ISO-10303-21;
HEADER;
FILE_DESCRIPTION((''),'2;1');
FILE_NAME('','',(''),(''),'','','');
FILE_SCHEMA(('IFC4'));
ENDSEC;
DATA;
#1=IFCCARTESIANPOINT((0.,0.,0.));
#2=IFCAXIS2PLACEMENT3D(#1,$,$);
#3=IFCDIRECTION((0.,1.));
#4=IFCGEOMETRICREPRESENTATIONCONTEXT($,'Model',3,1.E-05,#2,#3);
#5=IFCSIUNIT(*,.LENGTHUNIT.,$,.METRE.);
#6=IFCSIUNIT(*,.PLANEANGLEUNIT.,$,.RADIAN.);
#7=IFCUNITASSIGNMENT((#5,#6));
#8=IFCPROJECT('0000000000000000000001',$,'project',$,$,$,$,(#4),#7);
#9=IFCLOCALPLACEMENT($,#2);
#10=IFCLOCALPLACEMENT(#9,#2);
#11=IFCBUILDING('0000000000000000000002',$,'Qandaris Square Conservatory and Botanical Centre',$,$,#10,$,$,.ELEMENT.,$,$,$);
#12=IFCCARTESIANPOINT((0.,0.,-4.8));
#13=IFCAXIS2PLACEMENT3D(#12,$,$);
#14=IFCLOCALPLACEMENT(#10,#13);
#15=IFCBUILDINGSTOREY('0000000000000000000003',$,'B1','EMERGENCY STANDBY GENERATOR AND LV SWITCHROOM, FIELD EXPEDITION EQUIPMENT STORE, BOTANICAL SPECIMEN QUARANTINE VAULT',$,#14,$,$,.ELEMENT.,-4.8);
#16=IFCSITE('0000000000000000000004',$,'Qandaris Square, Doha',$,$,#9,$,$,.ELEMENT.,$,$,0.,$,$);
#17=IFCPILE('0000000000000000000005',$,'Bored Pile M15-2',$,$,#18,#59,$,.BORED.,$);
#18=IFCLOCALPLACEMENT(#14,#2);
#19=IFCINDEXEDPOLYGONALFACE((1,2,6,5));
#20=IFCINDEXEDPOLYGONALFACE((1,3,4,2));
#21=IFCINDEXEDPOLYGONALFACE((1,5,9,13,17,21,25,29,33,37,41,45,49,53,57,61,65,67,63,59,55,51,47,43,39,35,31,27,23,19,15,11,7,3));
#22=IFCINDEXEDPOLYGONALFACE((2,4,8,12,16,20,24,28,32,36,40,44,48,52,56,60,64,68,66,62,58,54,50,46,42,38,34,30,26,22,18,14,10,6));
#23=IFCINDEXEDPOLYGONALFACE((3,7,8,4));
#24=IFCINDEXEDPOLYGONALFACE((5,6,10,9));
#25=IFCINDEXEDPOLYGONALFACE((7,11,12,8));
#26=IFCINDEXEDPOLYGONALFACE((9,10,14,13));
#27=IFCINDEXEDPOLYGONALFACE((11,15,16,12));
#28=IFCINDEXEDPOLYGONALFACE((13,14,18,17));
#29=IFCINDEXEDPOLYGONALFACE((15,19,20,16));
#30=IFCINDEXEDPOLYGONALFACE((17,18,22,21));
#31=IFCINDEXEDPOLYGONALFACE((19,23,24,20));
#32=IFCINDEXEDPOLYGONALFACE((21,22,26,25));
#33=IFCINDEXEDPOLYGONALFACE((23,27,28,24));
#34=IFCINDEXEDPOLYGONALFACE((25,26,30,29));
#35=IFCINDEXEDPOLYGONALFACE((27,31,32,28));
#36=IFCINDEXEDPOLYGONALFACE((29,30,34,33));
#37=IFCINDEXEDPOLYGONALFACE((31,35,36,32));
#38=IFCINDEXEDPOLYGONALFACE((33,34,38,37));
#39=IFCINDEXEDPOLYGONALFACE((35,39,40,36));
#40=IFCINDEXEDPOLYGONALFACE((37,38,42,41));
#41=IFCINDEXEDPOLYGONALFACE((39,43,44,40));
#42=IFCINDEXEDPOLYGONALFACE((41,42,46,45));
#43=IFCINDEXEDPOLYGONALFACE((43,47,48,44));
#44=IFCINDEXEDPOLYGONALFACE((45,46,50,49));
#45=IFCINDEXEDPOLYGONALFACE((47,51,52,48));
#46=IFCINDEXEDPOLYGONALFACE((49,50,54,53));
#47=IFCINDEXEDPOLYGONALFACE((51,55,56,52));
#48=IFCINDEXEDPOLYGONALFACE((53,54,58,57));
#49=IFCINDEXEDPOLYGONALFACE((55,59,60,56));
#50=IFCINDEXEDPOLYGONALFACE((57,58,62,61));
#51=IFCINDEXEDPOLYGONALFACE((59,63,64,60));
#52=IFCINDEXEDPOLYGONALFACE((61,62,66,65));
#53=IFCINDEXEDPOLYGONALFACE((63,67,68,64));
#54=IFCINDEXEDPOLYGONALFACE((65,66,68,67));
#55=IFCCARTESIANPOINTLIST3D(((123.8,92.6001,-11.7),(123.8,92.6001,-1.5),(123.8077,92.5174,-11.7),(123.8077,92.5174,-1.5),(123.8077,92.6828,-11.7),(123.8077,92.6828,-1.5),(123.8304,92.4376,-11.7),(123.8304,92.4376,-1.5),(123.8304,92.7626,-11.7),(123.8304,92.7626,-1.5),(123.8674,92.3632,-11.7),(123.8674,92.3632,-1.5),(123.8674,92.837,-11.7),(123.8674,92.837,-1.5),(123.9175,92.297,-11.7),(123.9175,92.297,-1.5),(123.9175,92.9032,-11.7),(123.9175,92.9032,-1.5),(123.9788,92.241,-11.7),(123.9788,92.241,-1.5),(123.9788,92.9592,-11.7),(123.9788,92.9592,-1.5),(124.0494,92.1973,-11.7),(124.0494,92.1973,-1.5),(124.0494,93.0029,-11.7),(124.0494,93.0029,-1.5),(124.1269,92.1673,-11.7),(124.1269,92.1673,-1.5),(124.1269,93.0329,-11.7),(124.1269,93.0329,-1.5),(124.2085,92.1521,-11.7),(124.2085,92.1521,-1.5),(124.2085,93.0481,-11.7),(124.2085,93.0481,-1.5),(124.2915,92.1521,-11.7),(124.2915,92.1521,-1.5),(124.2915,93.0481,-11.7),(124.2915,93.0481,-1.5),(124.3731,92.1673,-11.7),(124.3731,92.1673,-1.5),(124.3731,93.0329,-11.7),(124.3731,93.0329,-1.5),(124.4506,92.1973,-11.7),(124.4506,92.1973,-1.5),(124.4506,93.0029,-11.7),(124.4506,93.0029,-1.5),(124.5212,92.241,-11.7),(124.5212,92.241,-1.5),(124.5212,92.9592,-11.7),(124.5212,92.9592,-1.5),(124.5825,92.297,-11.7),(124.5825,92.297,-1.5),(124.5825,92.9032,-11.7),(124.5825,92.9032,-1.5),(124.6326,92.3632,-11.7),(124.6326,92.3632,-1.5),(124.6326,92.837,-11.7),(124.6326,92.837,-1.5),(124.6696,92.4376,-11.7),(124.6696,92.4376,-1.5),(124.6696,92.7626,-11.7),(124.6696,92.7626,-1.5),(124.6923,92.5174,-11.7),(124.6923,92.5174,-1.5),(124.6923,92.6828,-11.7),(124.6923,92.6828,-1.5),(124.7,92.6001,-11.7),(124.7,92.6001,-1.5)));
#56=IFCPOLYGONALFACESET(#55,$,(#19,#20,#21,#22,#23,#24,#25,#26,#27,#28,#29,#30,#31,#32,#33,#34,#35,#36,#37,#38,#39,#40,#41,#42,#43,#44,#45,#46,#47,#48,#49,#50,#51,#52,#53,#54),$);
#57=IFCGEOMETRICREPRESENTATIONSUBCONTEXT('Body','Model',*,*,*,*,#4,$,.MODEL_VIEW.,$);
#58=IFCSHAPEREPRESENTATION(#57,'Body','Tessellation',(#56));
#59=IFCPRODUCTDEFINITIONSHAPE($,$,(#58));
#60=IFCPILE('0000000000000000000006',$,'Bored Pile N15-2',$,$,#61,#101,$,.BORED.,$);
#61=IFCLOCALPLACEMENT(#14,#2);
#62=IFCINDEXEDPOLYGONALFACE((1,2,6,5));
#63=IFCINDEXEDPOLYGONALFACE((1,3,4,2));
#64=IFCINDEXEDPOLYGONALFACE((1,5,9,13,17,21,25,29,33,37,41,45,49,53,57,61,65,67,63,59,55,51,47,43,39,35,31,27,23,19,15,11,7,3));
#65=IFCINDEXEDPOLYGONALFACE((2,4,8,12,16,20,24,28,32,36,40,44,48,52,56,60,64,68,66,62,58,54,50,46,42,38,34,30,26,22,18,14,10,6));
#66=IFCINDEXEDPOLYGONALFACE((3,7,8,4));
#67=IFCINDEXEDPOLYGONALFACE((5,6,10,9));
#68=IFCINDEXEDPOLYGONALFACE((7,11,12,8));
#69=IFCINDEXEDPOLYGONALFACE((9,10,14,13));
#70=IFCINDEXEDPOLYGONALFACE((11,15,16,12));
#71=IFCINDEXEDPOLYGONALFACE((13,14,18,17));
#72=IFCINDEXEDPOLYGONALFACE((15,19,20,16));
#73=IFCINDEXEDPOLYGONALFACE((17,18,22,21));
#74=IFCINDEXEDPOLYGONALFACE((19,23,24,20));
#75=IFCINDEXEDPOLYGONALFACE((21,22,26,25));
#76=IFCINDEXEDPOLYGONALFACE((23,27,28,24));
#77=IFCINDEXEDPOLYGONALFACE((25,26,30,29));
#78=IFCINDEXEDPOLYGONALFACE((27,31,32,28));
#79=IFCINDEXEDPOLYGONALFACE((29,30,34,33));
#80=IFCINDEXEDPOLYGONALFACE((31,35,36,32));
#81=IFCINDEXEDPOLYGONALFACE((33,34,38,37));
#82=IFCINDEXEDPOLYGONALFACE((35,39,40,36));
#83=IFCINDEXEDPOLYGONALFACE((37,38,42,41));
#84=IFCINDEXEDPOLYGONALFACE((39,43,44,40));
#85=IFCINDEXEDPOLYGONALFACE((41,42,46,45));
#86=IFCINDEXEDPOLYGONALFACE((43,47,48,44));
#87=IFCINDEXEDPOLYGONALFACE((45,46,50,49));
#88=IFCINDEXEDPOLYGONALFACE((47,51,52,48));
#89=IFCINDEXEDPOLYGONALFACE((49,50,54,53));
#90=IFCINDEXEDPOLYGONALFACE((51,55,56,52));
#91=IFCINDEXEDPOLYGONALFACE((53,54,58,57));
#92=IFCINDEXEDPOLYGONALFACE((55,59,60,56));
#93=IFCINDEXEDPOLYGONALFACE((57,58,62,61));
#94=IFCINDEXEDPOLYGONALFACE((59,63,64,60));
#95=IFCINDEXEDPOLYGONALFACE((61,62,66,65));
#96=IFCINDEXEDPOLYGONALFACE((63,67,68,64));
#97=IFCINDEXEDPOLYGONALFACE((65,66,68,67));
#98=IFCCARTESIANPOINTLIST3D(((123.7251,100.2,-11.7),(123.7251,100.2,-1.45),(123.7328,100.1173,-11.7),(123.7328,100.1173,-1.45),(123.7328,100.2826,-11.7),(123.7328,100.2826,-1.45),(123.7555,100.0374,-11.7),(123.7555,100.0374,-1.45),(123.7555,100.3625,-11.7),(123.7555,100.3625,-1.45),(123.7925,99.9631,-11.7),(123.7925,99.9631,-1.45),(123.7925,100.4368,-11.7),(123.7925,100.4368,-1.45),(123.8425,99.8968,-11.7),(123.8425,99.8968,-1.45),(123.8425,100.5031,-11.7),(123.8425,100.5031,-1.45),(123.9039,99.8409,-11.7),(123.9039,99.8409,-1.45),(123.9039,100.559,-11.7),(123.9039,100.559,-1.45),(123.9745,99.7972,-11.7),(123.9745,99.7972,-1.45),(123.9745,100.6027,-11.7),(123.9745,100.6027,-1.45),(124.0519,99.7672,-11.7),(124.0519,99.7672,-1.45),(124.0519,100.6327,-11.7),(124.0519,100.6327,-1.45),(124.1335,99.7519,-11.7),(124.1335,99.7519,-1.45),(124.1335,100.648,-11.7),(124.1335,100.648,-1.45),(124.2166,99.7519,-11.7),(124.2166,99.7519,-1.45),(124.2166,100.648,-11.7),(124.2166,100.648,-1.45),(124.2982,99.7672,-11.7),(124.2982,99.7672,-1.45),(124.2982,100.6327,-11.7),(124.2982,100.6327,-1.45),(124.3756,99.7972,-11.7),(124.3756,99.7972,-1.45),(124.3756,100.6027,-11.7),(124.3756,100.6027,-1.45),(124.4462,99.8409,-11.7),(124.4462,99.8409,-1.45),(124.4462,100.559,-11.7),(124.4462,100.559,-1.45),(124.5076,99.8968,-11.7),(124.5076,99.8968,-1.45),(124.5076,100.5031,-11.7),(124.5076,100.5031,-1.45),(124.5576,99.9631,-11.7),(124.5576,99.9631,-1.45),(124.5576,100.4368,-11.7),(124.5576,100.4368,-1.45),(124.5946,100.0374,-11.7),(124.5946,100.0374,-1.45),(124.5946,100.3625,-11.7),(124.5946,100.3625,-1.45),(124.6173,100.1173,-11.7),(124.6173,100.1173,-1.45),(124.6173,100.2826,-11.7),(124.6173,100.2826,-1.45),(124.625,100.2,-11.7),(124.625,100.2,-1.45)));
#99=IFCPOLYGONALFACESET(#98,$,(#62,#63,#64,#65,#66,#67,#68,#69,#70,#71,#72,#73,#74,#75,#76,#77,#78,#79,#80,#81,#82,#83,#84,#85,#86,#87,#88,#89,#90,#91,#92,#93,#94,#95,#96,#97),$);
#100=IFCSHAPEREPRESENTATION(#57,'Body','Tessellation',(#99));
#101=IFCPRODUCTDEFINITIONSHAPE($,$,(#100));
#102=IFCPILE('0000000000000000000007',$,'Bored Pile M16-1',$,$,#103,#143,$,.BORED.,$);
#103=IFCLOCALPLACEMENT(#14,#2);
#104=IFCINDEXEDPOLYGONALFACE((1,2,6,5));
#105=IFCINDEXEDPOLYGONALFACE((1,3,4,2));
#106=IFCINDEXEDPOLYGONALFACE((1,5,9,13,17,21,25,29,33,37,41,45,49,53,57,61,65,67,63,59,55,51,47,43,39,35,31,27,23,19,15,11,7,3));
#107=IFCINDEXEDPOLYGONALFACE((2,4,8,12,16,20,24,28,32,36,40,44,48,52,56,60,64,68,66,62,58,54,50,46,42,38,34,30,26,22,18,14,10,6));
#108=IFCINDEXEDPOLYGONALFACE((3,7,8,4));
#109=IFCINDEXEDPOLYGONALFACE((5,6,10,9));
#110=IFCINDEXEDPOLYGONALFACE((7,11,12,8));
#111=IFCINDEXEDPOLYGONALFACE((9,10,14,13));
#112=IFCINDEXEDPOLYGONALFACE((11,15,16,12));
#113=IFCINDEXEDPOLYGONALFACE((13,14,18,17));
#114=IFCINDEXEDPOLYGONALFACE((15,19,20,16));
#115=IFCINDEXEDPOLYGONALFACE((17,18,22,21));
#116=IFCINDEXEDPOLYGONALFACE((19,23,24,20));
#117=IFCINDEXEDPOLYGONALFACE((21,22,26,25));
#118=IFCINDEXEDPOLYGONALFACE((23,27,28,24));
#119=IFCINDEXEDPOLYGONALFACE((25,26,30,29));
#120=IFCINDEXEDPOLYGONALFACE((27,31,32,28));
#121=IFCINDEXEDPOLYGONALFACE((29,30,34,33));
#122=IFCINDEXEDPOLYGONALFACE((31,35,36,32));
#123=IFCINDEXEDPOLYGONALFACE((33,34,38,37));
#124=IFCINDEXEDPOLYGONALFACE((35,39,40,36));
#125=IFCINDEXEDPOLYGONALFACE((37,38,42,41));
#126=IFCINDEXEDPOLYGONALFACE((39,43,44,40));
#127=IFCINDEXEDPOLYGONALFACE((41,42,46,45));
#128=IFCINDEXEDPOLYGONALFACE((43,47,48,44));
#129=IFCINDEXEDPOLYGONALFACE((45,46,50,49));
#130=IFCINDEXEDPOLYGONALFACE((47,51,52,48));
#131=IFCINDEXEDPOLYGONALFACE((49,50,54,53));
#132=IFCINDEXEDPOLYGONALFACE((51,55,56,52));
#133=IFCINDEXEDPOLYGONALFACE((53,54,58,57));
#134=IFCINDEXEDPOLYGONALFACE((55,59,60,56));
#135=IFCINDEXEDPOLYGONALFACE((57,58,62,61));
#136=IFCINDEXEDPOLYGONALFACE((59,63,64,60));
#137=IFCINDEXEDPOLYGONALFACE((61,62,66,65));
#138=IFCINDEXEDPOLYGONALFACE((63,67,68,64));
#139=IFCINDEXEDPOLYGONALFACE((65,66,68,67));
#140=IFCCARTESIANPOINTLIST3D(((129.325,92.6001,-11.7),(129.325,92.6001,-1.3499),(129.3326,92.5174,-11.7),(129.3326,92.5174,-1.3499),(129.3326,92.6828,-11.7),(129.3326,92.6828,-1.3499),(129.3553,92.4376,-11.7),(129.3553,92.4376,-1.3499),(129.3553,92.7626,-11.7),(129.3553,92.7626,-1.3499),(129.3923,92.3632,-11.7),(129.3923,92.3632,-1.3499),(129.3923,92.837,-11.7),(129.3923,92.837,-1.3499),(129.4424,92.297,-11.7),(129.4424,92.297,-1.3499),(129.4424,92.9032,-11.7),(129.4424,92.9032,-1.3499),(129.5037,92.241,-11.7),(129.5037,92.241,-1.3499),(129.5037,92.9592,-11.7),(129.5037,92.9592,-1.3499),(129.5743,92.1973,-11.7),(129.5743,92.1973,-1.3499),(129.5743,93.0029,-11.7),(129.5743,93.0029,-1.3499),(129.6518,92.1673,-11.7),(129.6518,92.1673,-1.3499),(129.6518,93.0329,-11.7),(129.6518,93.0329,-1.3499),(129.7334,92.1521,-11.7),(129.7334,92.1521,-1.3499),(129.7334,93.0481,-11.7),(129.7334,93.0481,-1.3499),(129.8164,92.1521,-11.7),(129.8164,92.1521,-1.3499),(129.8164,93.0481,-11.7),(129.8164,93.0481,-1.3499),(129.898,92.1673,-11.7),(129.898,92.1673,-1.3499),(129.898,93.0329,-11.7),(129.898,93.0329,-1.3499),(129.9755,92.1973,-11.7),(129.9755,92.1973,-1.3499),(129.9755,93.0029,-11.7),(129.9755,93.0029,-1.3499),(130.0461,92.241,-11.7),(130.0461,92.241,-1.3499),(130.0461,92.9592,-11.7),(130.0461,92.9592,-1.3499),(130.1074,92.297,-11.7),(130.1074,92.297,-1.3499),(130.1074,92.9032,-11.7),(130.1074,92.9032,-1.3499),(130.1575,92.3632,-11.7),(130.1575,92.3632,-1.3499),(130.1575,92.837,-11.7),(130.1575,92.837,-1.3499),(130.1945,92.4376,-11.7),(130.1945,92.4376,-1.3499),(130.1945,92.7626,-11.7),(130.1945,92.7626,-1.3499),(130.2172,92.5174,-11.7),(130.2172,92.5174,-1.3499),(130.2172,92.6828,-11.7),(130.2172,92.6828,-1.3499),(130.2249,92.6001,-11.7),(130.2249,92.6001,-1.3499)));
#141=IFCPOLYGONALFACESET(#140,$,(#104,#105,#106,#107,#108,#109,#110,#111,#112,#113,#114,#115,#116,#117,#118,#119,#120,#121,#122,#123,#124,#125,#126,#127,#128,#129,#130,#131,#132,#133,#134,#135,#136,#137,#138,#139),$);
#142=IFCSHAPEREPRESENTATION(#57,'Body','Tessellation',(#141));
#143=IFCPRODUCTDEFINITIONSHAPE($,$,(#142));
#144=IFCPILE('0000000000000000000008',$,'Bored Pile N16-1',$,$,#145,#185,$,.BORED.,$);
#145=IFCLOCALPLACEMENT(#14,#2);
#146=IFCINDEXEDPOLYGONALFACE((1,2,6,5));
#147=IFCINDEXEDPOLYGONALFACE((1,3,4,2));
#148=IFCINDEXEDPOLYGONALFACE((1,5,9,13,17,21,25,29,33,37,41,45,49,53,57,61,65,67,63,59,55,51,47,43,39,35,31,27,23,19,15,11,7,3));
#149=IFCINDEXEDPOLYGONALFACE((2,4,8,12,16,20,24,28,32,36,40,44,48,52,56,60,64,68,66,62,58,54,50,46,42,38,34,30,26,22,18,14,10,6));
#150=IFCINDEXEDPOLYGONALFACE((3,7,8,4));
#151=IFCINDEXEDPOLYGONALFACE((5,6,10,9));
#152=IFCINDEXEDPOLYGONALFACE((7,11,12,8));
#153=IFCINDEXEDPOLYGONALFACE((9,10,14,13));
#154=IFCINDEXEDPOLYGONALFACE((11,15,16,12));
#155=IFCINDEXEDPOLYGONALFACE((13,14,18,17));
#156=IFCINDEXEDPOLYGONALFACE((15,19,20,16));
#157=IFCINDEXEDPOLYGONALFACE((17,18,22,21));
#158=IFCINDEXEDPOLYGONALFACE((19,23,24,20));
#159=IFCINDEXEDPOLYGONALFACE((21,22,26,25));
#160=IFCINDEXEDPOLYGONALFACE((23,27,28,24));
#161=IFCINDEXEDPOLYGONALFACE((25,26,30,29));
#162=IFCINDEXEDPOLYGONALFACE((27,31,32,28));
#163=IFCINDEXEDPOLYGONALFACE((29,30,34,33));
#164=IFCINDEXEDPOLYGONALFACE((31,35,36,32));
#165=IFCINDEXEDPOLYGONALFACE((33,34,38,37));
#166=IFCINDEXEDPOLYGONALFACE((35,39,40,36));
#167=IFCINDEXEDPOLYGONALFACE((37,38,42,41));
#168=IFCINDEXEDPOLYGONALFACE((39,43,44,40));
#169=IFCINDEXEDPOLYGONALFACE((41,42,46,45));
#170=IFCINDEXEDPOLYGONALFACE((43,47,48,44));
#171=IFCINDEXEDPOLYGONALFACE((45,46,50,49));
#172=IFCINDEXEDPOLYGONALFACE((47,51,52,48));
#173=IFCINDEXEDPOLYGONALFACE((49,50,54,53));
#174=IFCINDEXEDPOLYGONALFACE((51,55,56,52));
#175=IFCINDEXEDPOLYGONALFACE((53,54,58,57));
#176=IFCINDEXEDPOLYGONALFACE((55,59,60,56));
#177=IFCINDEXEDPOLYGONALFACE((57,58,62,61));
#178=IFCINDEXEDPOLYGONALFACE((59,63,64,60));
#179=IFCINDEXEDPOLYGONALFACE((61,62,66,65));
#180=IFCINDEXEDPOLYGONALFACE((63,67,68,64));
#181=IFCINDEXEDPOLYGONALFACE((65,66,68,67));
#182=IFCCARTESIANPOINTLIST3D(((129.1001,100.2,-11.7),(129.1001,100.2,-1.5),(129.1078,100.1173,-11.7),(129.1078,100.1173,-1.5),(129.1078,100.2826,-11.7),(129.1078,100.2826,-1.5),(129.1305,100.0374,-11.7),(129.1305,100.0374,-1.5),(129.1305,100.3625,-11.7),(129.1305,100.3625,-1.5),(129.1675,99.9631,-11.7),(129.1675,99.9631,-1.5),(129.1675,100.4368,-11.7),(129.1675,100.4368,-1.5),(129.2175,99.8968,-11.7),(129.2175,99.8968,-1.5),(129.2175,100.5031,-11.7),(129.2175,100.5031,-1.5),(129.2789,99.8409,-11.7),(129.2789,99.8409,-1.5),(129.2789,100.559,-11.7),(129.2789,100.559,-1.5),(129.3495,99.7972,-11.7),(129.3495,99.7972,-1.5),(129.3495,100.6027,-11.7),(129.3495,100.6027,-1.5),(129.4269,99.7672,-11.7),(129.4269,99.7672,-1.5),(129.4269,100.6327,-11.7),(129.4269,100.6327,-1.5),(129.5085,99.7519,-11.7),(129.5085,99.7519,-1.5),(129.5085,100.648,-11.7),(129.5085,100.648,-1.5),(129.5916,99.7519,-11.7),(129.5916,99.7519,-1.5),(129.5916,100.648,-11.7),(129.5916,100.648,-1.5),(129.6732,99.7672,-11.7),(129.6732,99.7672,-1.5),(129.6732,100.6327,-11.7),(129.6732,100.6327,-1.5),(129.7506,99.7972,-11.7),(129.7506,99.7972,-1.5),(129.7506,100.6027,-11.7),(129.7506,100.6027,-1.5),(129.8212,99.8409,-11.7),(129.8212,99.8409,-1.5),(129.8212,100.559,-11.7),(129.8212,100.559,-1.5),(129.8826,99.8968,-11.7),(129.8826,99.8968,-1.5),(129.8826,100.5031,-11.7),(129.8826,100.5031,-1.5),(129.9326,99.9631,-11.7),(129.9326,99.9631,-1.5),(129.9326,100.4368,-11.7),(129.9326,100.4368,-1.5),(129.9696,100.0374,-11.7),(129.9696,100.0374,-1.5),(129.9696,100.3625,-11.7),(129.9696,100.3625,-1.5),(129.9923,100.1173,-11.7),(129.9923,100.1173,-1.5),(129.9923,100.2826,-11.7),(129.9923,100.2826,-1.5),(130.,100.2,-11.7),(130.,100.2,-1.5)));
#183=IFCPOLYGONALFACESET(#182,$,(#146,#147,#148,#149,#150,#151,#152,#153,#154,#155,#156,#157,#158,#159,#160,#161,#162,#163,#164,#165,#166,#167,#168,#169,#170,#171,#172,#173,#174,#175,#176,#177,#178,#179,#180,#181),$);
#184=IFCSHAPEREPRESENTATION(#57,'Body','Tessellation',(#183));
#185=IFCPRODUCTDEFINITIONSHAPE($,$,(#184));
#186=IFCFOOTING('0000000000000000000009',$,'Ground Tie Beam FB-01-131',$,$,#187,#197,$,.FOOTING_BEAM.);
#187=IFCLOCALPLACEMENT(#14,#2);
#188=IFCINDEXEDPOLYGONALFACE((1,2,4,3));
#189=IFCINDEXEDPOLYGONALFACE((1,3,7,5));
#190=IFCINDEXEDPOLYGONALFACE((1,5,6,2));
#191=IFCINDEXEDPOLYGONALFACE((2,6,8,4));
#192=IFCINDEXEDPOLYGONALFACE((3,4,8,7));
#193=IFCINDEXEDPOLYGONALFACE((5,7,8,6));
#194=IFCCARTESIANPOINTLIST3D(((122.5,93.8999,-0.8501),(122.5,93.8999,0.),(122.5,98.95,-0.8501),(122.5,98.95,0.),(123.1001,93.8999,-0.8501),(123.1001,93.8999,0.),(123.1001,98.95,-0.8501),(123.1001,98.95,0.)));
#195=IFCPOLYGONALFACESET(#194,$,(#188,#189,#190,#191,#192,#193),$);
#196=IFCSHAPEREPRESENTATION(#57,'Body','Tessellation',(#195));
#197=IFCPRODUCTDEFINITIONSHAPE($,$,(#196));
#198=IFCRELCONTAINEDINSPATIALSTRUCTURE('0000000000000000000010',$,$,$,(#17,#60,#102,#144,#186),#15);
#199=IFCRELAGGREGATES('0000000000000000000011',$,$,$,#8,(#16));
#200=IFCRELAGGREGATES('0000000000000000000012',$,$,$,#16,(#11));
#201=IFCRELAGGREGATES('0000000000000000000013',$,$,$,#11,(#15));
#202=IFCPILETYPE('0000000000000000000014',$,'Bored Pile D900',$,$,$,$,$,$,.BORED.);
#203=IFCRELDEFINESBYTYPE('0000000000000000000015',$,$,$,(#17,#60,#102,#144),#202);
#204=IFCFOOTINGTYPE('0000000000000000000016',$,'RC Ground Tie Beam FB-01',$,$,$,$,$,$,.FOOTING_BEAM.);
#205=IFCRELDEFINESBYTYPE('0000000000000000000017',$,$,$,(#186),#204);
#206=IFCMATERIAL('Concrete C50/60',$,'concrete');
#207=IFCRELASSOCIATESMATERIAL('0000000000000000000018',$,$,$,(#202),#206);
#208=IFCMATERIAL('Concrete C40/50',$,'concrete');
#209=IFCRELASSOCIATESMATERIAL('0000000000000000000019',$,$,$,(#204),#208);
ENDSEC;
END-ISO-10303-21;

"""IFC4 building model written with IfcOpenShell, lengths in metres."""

from ifc_helpers import new_model, si_unit, direction, frame, origin, origin_2d, place, context, subcontext, project, spatial, rectangle, circle, extrude, material, material_profile, profile_set, type_object, element, save


model = new_model("IFC4")

# Units and contexts
model_context = context("Model", 3, precision=1e-05, world=origin(), true_north=direction((0.0, 1.0)))
body_context = subcontext(model_context, "Body", "Model", "MODEL_VIEW")
ifc_project = project(units=[si_unit("LENGTHUNIT", "METRE"), si_unit("PLANEANGLEUNIT", "RADIAN")], contexts=[model_context])

# Site, building, storey
site_placement = place(None, origin())
site = spatial("IfcSite", under=ifc_project, at=site_placement, Name="Qandaris Square, Doha", CompositionType="ELEMENT", RefElevation=0.0)
building_placement = place(site_placement, origin())
building = spatial("IfcBuilding", under=site, at=building_placement, Name="Qandaris Square Conservatory and Botanical Centre", CompositionType="ELEMENT")
storey_placement = place(building_placement, frame((0.0, 0.0, -4.8)))
storey = spatial("IfcBuildingStorey", under=building, at=storey_placement, Name="B1", Description="EMERGENCY STANDBY GENERATOR AND LV SWITCHROOM, FIELD EXPEDITION EQUIPMENT STORE, BOTANICAL SPECIMEN QUARANTINE VAULT", CompositionType="ELEMENT", Elevation=-4.8)

# Piles
ifc_material_1 = material(Name="Concrete C50/60", Category="concrete")
ifc_material_profile_1 = material_profile(ifc_material_1, circle(Radius=0.45, at=origin_2d()), Name="PILE D900")
ifc_profile_set_1 = profile_set([ifc_material_profile_1], Name="Concrete C50/60")
pile_type = type_object("IfcPileType", Name="Bored Pile D900", PredefinedType="BORED", material=ifc_profile_set_1)
pile_1_placement = place(storey_placement, frame((124.25, 92.6001, -1.5), z_axis=(0.0, 0.0, -1.0), x_axis=(1.0, 0.0, 0.0)))
element("IfcPile", 1, at=pile_1_placement, inside=storey, type_object=pile_type, Name="Bored Pile M15-2", PredefinedType="BORED", context=body_context, shape_type="SweptSolid", body=[
    extrude(circle(Radius=0.45, at=origin_2d()), origin(), (0.0, 0.0, 1.0), 10.2),
])
pile_2_placement = place(storey_placement, frame((124.175, 100.2, -1.45), z_axis=(0.0, 0.0, -1.0), x_axis=(1.0, 0.0, 0.0)))
element("IfcPile", 2, at=pile_2_placement, inside=storey, type_object=pile_type, Name="Bored Pile N15-2", PredefinedType="BORED", context=body_context, shape_type="SweptSolid", body=[
    extrude(circle(Radius=0.45, at=origin_2d()), origin(), (0.0, 0.0, 1.0), 10.25),
])
pile_3_placement = place(storey_placement, frame((129.7749, 92.6001, -1.3499), z_axis=(0.0, 0.0, -1.0), x_axis=(1.0, 0.0, 0.0)))
element("IfcPile", 3, at=pile_3_placement, inside=storey, type_object=pile_type, Name="Bored Pile M16-1", PredefinedType="BORED", context=body_context, shape_type="SweptSolid", body=[
    extrude(circle(Radius=0.45, at=origin_2d()), origin(), (0.0, 0.0, 1.0), 10.3501),
])
pile_4_placement = place(storey_placement, frame((129.55, 100.2, -1.5), z_axis=(0.0, 0.0, -1.0), x_axis=(1.0, 0.0, 0.0)))
element("IfcPile", 4, at=pile_4_placement, inside=storey, type_object=pile_type, Name="Bored Pile N16-1", PredefinedType="BORED", context=body_context, shape_type="SweptSolid", body=[
    extrude(circle(Radius=0.45, at=origin_2d()), origin(), (0.0, 0.0, 1.0), 10.2),
])

# Footing
ifc_material_2 = material(Name="Concrete C40/50", Category="concrete")
ifc_material_profile_2 = material_profile(ifc_material_2, rectangle(XDim=0.6001, YDim=0.8501, at=origin_2d()), Name="FB 600x850")
ifc_profile_set_2 = profile_set([ifc_material_profile_2], Name="Concrete C40/50")
footing_type_1 = type_object("IfcFootingType", Name="RC Ground Tie Beam FB-01", PredefinedType="FOOTING_BEAM", material=ifc_profile_set_2)
footing_1_placement = place(storey_placement, frame((122.8, 93.8999, -0.425), z_axis=(0.0, 1.0, 0.0), x_axis=(-1.0, 0.0, 0.0)))
element("IfcFooting", 5, at=footing_1_placement, inside=storey, type_object=footing_type_1, Name="Ground Tie Beam FB-01-131", PredefinedType="FOOTING_BEAM", context=body_context, shape_type="SweptSolid", body=[
    extrude(rectangle(XDim=0.6001, YDim=0.8501, at=origin_2d()), origin(), (0.0, 0.0, 1.0), 5.05),
])

save(model, "model.ifc")
